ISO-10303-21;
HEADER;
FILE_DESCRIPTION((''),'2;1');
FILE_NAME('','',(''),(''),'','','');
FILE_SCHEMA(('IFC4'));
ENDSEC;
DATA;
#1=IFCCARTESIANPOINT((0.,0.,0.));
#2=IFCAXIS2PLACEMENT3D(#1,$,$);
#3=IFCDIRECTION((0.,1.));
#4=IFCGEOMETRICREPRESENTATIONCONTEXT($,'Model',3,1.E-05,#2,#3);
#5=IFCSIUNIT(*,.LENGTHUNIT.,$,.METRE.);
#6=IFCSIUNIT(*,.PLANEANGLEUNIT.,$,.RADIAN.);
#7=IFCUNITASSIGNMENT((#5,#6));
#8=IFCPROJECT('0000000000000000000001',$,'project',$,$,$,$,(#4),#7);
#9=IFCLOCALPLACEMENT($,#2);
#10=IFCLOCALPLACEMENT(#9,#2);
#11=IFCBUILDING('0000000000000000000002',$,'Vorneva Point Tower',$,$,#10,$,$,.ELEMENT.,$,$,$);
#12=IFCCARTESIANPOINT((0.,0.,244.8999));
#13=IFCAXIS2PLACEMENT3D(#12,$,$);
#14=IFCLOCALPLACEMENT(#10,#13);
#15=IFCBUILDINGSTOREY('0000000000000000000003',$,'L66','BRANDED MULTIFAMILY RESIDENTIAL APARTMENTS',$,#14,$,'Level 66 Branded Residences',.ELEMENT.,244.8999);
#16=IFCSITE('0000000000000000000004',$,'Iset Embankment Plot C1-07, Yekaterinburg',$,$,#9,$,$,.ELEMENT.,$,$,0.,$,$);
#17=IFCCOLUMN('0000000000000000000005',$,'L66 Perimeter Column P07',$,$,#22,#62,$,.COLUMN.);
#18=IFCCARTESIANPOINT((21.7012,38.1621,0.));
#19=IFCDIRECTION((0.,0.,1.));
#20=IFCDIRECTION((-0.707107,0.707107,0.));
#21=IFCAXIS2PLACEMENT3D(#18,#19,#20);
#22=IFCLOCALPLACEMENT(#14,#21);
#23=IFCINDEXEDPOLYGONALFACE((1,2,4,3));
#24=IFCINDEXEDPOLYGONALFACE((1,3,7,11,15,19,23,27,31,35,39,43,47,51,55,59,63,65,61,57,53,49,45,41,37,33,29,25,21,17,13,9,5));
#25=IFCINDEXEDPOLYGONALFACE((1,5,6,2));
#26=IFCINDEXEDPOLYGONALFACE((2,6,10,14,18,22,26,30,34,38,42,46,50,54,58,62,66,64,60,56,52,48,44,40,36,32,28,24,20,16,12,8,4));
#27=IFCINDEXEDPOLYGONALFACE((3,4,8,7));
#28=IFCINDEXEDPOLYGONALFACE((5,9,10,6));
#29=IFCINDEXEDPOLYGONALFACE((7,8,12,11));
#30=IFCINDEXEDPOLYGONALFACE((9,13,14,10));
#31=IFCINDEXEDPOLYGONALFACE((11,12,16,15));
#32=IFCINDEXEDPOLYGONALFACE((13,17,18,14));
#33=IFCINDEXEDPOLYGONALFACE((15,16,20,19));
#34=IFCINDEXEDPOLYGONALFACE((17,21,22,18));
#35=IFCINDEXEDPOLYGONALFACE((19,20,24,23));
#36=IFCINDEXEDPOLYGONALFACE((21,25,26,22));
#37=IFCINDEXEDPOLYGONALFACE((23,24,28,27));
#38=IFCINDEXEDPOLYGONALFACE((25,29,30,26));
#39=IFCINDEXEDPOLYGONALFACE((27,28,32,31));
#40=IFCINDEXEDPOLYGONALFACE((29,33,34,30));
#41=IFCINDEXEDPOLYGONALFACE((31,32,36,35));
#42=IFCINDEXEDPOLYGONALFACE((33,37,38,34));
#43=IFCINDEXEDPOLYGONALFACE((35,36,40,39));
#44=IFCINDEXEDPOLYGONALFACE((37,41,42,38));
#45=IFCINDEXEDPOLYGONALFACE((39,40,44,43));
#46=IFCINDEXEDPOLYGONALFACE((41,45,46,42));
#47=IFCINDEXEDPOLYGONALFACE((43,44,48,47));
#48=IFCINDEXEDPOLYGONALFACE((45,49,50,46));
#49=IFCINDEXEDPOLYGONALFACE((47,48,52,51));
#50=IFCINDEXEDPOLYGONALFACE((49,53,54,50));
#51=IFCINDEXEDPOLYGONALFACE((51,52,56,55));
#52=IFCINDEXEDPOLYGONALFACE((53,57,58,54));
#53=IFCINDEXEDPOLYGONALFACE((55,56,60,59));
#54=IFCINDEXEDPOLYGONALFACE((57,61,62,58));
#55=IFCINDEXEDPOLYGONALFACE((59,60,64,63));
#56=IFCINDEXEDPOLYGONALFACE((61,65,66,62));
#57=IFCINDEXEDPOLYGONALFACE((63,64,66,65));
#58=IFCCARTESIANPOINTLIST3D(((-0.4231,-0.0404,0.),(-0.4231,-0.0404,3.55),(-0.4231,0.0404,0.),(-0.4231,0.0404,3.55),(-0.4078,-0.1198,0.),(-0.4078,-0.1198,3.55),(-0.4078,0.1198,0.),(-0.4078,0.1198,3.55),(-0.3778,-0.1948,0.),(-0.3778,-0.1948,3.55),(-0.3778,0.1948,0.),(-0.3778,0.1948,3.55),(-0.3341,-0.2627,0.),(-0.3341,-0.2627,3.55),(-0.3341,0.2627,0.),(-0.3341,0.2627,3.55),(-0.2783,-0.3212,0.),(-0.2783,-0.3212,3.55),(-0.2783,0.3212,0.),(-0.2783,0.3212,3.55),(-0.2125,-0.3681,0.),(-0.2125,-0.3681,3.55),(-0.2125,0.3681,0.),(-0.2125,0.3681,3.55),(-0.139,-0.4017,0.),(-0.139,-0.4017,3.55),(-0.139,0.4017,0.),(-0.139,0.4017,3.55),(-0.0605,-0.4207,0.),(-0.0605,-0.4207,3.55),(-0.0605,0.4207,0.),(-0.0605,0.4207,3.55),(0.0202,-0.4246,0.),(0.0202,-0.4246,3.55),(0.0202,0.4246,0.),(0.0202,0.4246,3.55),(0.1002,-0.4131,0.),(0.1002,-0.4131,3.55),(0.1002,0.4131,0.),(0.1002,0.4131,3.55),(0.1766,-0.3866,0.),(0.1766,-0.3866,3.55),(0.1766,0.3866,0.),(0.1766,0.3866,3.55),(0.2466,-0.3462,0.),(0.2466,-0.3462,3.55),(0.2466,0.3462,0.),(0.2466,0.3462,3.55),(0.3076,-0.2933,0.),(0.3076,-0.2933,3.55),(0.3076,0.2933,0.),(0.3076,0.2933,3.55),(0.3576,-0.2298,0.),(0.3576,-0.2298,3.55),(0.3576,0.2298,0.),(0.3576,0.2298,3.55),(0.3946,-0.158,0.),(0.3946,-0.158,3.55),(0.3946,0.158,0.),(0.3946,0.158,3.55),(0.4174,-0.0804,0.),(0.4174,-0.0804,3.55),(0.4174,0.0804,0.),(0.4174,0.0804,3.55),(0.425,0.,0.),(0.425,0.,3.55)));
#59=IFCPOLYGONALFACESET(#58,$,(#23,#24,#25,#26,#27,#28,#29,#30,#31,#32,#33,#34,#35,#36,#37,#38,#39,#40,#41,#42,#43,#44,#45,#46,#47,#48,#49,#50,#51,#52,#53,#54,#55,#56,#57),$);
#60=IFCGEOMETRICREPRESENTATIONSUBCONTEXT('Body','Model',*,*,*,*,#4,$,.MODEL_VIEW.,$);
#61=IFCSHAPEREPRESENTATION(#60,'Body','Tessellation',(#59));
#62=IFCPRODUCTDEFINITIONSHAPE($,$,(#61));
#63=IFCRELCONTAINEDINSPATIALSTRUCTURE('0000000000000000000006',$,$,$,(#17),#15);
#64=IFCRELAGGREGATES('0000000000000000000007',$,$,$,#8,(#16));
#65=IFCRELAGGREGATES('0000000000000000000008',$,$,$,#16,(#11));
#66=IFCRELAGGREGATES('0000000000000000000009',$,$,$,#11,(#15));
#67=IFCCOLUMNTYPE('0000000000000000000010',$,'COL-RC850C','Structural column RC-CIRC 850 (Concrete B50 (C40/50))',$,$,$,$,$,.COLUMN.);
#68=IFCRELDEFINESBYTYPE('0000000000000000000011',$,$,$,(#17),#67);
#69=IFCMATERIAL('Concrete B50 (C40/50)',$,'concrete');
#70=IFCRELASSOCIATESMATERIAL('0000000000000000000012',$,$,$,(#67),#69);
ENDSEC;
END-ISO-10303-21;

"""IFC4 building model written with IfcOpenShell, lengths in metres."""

from ifc_helpers import new_model, si_unit, direction, frame, origin, origin_2d, place, context, subcontext, project, spatial, circle, extrude, material, material_profile, profile_set, type_object, element, save


model = new_model("IFC4")

# Units and contexts
model_context = context("Model", 3, precision=1e-05, world=origin(), true_north=direction((0.0, 1.0)))
body_context = subcontext(model_context, "Body", "Model", "MODEL_VIEW")
ifc_project = project(units=[si_unit("LENGTHUNIT", "METRE"), si_unit("PLANEANGLEUNIT", "RADIAN")], contexts=[model_context])

# Site, building, storey
site_placement = place(None, origin())
site = spatial("IfcSite", under=ifc_project, at=site_placement, Name="Iset Embankment Plot C1-07, Yekaterinburg", CompositionType="ELEMENT", RefElevation=0.0)
building_placement = place(site_placement, origin())
building = spatial("IfcBuilding", under=site, at=building_placement, Name="Vorneva Point Tower", CompositionType="ELEMENT")
storey_placement = place(building_placement, frame((0.0, 0.0, 244.8999)))
storey = spatial("IfcBuildingStorey", under=building, at=storey_placement, Name="L66", Description="BRANDED MULTIFAMILY RESIDENTIAL APARTMENTS", LongName="Level 66 Branded Residences", CompositionType="ELEMENT", Elevation=244.8999)

# Column
ifc_material_1 = material(Name="Concrete B50 (C40/50)", Category="concrete")
ifc_material_profile_1 = material_profile(ifc_material_1, circle(Radius=0.425, at=origin_2d()), Name="RC-CIRC 850")
ifc_profile_set_1 = profile_set([ifc_material_profile_1], Name="Concrete B50 (C40/50)")
column_type = type_object("IfcColumnType", Name="COL-RC850C", Description="Structural column RC-CIRC 850 (Concrete B50 (C40/50))", PredefinedType="COLUMN", material=ifc_profile_set_1)
column_placement = place(storey_placement, frame((21.7012, 38.1621, 0.0), z_axis=(0.0, 0.0, 1.0), x_axis=(-0.707107, 0.707107, 0.0)))
element("IfcColumn", 1, at=column_placement, inside=storey, type_object=column_type, Name="L66 Perimeter Column P07", PredefinedType="COLUMN", context=body_context, shape_type="SweptSolid", body=[
    extrude(circle(Radius=0.425, at=origin_2d()), origin(), (0.0, 0.0, 1.0), 3.55),
])

save(model, "model.ifc")
